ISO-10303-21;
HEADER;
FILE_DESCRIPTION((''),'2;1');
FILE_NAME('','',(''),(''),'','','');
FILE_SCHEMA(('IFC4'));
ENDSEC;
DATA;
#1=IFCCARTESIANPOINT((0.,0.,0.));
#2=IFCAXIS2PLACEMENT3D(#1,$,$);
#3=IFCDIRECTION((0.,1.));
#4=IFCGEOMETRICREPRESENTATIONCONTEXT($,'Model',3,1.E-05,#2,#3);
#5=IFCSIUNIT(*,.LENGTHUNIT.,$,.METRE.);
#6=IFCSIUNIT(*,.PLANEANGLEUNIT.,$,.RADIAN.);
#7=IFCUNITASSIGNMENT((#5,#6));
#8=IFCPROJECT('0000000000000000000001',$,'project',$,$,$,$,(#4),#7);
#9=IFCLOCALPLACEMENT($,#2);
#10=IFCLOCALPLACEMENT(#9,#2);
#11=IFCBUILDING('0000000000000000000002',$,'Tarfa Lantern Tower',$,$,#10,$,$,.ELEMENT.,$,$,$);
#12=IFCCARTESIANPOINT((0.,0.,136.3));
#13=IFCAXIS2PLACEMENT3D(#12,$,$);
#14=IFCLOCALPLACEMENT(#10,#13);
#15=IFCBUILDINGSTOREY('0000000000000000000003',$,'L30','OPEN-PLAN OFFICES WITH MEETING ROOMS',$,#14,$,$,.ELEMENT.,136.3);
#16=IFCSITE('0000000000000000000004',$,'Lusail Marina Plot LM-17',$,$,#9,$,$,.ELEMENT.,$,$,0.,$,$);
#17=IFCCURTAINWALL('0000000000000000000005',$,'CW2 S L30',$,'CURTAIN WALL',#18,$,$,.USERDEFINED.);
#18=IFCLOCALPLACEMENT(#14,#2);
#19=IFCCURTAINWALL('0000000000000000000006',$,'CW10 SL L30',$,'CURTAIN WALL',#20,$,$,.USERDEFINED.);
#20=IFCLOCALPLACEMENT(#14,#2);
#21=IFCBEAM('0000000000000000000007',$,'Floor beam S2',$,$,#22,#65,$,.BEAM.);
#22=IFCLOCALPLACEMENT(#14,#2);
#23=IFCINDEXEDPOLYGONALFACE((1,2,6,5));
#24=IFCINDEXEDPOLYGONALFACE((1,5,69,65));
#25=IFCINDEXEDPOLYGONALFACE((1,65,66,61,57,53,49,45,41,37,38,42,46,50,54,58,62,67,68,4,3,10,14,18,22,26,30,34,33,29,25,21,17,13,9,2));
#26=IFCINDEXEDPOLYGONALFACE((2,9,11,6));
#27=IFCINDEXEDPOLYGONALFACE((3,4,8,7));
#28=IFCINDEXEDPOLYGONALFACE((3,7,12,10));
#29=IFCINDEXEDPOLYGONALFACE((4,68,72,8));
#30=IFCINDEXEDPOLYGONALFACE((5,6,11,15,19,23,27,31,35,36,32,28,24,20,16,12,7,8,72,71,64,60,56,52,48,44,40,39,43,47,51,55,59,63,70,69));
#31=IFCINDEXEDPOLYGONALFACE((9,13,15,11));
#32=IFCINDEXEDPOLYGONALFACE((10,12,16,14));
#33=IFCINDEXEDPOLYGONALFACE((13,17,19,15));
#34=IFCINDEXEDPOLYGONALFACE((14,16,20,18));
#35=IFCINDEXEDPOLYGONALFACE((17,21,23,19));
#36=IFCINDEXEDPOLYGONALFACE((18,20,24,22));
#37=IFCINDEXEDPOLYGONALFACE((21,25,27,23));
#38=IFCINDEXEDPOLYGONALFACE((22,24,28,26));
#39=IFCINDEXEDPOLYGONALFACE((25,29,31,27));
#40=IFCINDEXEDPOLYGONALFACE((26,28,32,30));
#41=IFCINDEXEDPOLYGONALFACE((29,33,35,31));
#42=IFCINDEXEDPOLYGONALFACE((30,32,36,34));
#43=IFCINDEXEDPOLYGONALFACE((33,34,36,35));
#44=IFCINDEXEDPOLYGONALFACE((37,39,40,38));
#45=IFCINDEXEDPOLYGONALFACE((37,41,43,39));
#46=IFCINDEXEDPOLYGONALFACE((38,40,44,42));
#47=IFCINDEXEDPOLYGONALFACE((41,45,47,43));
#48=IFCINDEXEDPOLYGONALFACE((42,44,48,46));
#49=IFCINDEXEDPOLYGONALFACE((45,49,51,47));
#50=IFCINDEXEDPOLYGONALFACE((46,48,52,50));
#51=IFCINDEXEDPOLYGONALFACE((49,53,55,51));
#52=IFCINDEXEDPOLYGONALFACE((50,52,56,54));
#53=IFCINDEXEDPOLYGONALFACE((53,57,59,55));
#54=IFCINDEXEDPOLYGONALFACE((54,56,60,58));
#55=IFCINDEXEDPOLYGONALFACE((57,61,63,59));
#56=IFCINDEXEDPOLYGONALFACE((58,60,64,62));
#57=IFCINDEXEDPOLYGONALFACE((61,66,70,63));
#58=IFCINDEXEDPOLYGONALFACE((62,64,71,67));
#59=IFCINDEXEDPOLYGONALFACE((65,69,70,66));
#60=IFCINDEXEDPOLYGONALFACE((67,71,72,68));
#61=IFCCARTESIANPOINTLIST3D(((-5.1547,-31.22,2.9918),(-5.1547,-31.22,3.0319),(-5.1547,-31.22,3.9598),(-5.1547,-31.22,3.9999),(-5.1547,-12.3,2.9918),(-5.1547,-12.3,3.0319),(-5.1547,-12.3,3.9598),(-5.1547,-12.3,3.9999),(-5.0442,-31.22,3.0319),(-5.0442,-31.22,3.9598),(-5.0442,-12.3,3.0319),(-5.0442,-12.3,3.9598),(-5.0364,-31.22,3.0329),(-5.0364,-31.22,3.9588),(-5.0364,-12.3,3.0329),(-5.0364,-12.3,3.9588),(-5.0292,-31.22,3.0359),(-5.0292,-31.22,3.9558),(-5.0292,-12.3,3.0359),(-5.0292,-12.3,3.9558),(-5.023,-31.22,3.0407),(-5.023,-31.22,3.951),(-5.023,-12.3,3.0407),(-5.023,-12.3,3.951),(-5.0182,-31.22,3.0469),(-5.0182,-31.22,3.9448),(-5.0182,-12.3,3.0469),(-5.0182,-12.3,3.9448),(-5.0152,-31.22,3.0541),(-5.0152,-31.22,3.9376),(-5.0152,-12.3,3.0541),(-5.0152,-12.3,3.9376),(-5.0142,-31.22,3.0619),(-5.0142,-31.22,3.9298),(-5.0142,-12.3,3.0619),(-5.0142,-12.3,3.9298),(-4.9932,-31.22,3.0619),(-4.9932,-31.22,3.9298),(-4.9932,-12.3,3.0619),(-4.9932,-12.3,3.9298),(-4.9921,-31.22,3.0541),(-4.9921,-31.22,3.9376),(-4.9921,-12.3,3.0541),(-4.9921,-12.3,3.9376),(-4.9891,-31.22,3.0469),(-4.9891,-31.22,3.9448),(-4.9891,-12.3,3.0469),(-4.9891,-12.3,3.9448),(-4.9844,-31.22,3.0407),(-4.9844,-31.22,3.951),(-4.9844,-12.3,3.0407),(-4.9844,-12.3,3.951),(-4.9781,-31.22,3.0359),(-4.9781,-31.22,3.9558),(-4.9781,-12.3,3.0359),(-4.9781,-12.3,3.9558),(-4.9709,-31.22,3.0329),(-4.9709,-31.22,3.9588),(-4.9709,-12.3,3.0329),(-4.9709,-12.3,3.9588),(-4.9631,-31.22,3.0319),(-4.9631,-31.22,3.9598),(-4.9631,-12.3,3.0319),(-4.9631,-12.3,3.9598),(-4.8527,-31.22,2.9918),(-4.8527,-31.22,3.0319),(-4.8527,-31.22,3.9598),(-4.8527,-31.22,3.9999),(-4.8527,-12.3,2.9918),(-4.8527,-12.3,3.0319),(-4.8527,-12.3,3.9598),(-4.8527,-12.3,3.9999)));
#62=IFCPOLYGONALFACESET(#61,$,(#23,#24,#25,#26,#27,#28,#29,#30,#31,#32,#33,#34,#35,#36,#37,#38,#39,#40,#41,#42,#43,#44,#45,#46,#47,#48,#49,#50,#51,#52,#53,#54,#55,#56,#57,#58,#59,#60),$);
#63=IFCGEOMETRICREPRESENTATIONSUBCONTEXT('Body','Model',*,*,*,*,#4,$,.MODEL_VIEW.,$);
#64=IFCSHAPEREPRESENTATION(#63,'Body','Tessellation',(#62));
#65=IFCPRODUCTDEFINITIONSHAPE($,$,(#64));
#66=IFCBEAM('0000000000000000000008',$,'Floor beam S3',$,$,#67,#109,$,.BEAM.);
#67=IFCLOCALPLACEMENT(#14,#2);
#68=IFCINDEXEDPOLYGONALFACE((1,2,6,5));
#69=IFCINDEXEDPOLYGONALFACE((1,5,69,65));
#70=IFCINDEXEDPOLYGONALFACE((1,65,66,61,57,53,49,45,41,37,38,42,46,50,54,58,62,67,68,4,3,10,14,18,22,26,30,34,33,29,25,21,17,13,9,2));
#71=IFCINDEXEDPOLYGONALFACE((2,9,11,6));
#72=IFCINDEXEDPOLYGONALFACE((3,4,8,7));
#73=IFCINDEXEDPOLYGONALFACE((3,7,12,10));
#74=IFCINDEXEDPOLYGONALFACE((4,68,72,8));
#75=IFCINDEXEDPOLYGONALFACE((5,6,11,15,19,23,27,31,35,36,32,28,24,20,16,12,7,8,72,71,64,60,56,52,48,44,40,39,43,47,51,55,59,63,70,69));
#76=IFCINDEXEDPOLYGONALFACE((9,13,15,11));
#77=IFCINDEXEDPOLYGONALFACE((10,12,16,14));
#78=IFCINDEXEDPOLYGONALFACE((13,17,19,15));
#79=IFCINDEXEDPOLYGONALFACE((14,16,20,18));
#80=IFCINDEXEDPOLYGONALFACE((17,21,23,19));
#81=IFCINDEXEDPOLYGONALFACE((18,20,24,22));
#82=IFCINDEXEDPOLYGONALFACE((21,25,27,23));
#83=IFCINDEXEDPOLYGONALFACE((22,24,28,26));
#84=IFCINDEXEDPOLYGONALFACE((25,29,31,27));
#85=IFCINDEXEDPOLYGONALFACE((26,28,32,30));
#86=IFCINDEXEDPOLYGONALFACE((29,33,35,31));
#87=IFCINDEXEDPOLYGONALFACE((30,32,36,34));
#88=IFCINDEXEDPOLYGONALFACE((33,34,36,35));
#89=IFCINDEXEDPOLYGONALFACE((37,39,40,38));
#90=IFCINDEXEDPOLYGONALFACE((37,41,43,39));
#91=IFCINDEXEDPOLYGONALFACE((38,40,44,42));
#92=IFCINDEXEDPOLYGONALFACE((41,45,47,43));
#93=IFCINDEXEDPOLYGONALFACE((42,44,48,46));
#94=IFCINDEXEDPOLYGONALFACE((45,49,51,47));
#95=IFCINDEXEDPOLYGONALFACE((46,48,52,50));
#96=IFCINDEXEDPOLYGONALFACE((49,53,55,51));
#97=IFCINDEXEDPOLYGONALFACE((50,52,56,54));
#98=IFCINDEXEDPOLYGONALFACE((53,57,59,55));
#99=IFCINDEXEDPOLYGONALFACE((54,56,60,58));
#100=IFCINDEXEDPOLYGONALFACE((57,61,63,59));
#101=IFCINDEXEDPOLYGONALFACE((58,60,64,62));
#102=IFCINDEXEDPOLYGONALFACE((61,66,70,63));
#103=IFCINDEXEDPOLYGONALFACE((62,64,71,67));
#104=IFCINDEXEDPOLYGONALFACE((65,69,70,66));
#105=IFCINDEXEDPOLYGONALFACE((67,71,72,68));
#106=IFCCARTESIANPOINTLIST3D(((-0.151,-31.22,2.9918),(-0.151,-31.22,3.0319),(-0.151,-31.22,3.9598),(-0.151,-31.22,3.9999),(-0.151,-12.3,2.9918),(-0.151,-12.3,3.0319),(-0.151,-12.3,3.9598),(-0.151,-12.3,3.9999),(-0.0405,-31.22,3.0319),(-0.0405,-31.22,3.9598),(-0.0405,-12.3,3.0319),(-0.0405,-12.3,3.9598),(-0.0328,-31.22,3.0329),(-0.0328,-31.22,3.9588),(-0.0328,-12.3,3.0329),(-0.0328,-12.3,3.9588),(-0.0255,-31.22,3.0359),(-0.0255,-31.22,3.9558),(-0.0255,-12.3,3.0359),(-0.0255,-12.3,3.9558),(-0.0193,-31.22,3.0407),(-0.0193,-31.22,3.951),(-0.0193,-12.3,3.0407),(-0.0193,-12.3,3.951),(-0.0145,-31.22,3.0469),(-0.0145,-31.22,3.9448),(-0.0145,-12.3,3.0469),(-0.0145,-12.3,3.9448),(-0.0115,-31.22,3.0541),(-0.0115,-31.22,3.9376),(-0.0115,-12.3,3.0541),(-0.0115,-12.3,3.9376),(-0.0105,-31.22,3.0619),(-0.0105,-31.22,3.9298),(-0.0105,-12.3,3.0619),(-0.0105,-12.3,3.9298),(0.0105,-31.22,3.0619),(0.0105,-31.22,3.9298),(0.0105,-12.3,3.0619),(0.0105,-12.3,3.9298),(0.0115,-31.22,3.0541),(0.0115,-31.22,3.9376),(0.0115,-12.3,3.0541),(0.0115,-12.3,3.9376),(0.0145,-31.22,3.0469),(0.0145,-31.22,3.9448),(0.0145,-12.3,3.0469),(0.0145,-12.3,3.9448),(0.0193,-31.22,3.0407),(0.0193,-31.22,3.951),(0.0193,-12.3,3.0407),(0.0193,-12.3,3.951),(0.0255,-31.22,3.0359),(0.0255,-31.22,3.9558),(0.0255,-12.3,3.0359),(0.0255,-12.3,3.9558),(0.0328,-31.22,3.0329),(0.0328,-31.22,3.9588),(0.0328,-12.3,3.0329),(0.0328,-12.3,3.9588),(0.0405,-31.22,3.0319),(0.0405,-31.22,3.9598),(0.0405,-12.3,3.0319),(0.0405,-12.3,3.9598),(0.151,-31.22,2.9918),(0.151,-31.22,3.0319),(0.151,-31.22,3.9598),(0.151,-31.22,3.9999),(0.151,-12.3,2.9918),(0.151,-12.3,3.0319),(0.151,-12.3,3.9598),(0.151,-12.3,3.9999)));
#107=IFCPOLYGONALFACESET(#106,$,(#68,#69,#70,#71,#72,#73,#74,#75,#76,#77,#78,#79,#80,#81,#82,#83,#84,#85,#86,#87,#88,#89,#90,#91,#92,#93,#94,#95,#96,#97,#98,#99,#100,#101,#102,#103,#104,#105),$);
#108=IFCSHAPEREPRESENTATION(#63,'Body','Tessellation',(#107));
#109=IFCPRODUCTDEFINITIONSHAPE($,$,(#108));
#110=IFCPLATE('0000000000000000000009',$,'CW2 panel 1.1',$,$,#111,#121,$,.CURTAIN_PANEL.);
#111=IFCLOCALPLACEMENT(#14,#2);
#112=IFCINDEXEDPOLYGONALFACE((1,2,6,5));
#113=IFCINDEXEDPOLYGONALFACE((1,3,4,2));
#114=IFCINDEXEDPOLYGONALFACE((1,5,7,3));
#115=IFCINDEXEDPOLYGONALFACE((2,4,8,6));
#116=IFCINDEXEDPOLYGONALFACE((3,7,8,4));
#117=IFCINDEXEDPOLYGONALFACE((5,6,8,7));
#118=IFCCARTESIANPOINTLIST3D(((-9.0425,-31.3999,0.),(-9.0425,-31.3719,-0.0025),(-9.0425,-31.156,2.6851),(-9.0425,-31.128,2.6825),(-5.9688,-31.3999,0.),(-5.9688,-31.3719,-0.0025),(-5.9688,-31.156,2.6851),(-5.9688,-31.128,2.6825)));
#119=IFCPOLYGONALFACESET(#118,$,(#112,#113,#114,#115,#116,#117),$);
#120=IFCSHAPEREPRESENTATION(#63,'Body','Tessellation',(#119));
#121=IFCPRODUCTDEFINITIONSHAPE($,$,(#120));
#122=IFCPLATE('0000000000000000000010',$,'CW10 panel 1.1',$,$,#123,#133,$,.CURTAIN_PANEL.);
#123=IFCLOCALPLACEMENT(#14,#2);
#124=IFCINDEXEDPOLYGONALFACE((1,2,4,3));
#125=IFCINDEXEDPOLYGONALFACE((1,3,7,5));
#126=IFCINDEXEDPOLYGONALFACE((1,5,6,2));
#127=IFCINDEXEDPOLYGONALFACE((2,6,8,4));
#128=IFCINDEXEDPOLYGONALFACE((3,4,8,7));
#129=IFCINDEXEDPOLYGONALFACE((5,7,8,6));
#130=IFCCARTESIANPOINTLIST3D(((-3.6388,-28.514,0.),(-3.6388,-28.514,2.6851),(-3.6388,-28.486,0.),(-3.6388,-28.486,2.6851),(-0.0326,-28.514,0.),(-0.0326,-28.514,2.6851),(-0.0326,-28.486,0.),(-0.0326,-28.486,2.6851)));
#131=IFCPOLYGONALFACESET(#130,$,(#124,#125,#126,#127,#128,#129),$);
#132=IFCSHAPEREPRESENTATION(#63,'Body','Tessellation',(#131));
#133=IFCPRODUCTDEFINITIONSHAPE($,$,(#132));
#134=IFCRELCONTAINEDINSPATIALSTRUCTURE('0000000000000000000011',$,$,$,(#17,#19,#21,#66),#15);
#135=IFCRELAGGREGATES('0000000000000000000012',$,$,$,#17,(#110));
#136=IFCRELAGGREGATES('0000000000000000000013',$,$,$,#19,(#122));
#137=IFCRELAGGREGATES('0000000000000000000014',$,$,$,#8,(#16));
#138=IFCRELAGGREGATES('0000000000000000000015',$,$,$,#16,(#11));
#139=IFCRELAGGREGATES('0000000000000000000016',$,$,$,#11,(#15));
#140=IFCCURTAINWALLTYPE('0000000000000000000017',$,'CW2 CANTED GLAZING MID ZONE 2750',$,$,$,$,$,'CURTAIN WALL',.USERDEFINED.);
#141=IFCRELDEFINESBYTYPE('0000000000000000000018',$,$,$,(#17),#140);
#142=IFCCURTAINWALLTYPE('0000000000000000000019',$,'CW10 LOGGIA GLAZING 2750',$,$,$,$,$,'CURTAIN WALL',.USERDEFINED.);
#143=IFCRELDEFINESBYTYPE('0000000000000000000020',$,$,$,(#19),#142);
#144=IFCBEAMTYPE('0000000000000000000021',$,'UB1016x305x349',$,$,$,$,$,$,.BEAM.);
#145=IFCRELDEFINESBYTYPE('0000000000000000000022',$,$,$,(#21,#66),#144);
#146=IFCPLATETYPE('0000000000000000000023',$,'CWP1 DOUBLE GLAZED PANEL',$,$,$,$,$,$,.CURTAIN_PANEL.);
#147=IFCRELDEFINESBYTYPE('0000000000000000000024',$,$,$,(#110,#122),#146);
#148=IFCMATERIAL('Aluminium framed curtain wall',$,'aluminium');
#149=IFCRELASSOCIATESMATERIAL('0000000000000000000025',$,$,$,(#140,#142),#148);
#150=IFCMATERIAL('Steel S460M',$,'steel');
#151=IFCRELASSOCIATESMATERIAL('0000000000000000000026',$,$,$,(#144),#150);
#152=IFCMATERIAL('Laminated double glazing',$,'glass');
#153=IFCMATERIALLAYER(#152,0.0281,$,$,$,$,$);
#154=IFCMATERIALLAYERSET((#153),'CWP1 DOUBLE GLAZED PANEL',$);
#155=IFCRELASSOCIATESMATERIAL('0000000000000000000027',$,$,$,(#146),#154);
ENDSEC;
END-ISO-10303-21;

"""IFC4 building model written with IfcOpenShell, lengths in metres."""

from ifc_helpers import new_model, si_unit, direction, frame, origin, origin_2d, place, context, subcontext, project, spatial, polyline, rectangle, i_section, outline, extrude, material, layer, layer_set, material_profile, profile_set, type_object, element, aggregate, save


model = new_model("IFC4")

# Units and contexts
model_context = context("Model", 3, precision=1e-05, world=origin(), true_north=direction((0.0, 1.0)))
body_context = subcontext(model_context, "Body", "Model", "MODEL_VIEW")
ifc_project = project(units=[si_unit("LENGTHUNIT", "METRE"), si_unit("PLANEANGLEUNIT", "RADIAN")], contexts=[model_context])

# Site, building, storey
site_placement = place(None, origin())
site = spatial("IfcSite", under=ifc_project, at=site_placement, Name="Lusail Marina Plot LM-17", CompositionType="ELEMENT", RefElevation=0.0)
building_placement = place(site_placement, origin())
building = spatial("IfcBuilding", under=site, at=building_placement, Name="Tarfa Lantern Tower", CompositionType="ELEMENT")
storey_placement = place(building_placement, frame((0.0, 0.0, 136.3)))
storey = spatial("IfcBuildingStorey", under=building, at=storey_placement, Name="L30", Description="OPEN-PLAN OFFICES WITH MEETING ROOMS", CompositionType="ELEMENT", Elevation=136.3)

# Curtain walls
ifc_material_1 = material(Name="Aluminium framed curtain wall", Category="aluminium")
curtain_wall_type_1 = type_object("IfcCurtainWallType", Name="CW2 CANTED GLAZING MID ZONE 2750", ElementType="CURTAIN WALL", PredefinedType="USERDEFINED", material=ifc_material_1)
curtain_wall_1_placement = place(storey_placement, origin())
curtain_wall_1 = element("IfcCurtainWall", 1, at=curtain_wall_1_placement, inside=storey, type_object=curtain_wall_type_1, Name="CW2 S L30", ObjectType="CURTAIN WALL", PredefinedType="USERDEFINED")
curtain_wall_type_2 = type_object("IfcCurtainWallType", Name="CW10 LOGGIA GLAZING 2750", ElementType="CURTAIN WALL", PredefinedType="USERDEFINED", material=ifc_material_1)
curtain_wall_2_placement = place(storey_placement, origin())
curtain_wall_2 = element("IfcCurtainWall", 2, at=curtain_wall_2_placement, inside=storey, type_object=curtain_wall_type_2, Name="CW10 SL L30", ObjectType="CURTAIN WALL", PredefinedType="USERDEFINED")

# Beams
ifc_material_2 = material(Name="Steel S460M", Category="steel")
ifc_material_profile_1 = material_profile(ifc_material_2, i_section(OverallWidth=0.302, OverallDepth=1.0081, WebThickness=0.021, FlangeThickness=0.04, FilletRadius=0.03, at=origin_2d()), Name="UB1016x305x349")
ifc_profile_set_1 = profile_set([ifc_material_profile_1], Name="Steel S460M")
beam_type_1 = type_object("IfcBeamType", Name="UB1016x305x349", PredefinedType="BEAM", material=ifc_profile_set_1)
for number, where, z_axis, x_axis, name in (
    (3, (-5.0037, -31.22, 3.4958), (0.0, 1.0, 0.0), (-1.0, 0.0, 0.0), "Floor beam S2"),
    (4, (0.0, -31.22, 3.4958), (0.0, 1.0, 0.0), (-1.0, 0.0, 0.0), "Floor beam S3"),
):
    element("IfcBeam", number, at=place(storey_placement, frame(where, z_axis=z_axis, x_axis=x_axis)), inside=storey, type_object=beam_type_1, Name=name, PredefinedType="BEAM", context=body_context, shape_type="SweptSolid", body=[
        extrude(i_section(OverallWidth=0.302, OverallDepth=1.0081, WebThickness=0.021, FlangeThickness=0.04, FilletRadius=0.03, at=origin_2d()), origin(), (0.0, 0.0, 1.0), 18.9199),
    ])

# Plates
ifc_material_3 = material(Name="Laminated double glazing", Category="glass")
ifc_layer_1 = layer(ifc_material_3, 0.0281)
ifc_layer_set_1 = layer_set([ifc_layer_1], Name="CWP1 DOUBLE GLAZED PANEL")
plate_type_1 = type_object("IfcPlateType", Name="CWP1 DOUBLE GLAZED PANEL", PredefinedType="CURTAIN_PANEL", material=ifc_layer_set_1)
plate_1_placement = place(storey_placement, frame((-9.0425, -31.3999, 0.0), z_axis=(0.0, -0.9959, 0.090462), x_axis=(1.0, 0.0, 0.0)))
plate_1 = element("IfcPlate", 5, at=plate_1_placement, type_object=plate_type_1, Name="CW2 panel 1.1", PredefinedType="CURTAIN_PANEL", context=body_context, shape_type="SweptSolid", body=[
    extrude(outline(polyline([(0.0, 0.0), (3.0737, 0.0), (3.0737, 2.6961), (0.0, 2.6961), (0.0, 0.0)])), origin(), (0.0, 0.0, -1.0), 0.0281),
])
aggregate(curtain_wall_1, [plate_1])
plate_2_placement = place(storey_placement, frame((-1.8357, -28.5, 0.0), z_axis=(0.0, 0.0, 1.0), x_axis=(1.0, 0.0, 0.0)))
plate_2 = element("IfcPlate", 6, at=plate_2_placement, type_object=plate_type_1, Name="CW10 panel 1.1", PredefinedType="CURTAIN_PANEL", context=body_context, shape_type="SweptSolid", body=[
    extrude(rectangle(XDim=3.6062, YDim=0.0281, at=origin_2d()), origin(), (0.0, 0.0, 1.0), 2.6851),
])
aggregate(curtain_wall_2, [plate_2])

save(model, "model.ifc")
